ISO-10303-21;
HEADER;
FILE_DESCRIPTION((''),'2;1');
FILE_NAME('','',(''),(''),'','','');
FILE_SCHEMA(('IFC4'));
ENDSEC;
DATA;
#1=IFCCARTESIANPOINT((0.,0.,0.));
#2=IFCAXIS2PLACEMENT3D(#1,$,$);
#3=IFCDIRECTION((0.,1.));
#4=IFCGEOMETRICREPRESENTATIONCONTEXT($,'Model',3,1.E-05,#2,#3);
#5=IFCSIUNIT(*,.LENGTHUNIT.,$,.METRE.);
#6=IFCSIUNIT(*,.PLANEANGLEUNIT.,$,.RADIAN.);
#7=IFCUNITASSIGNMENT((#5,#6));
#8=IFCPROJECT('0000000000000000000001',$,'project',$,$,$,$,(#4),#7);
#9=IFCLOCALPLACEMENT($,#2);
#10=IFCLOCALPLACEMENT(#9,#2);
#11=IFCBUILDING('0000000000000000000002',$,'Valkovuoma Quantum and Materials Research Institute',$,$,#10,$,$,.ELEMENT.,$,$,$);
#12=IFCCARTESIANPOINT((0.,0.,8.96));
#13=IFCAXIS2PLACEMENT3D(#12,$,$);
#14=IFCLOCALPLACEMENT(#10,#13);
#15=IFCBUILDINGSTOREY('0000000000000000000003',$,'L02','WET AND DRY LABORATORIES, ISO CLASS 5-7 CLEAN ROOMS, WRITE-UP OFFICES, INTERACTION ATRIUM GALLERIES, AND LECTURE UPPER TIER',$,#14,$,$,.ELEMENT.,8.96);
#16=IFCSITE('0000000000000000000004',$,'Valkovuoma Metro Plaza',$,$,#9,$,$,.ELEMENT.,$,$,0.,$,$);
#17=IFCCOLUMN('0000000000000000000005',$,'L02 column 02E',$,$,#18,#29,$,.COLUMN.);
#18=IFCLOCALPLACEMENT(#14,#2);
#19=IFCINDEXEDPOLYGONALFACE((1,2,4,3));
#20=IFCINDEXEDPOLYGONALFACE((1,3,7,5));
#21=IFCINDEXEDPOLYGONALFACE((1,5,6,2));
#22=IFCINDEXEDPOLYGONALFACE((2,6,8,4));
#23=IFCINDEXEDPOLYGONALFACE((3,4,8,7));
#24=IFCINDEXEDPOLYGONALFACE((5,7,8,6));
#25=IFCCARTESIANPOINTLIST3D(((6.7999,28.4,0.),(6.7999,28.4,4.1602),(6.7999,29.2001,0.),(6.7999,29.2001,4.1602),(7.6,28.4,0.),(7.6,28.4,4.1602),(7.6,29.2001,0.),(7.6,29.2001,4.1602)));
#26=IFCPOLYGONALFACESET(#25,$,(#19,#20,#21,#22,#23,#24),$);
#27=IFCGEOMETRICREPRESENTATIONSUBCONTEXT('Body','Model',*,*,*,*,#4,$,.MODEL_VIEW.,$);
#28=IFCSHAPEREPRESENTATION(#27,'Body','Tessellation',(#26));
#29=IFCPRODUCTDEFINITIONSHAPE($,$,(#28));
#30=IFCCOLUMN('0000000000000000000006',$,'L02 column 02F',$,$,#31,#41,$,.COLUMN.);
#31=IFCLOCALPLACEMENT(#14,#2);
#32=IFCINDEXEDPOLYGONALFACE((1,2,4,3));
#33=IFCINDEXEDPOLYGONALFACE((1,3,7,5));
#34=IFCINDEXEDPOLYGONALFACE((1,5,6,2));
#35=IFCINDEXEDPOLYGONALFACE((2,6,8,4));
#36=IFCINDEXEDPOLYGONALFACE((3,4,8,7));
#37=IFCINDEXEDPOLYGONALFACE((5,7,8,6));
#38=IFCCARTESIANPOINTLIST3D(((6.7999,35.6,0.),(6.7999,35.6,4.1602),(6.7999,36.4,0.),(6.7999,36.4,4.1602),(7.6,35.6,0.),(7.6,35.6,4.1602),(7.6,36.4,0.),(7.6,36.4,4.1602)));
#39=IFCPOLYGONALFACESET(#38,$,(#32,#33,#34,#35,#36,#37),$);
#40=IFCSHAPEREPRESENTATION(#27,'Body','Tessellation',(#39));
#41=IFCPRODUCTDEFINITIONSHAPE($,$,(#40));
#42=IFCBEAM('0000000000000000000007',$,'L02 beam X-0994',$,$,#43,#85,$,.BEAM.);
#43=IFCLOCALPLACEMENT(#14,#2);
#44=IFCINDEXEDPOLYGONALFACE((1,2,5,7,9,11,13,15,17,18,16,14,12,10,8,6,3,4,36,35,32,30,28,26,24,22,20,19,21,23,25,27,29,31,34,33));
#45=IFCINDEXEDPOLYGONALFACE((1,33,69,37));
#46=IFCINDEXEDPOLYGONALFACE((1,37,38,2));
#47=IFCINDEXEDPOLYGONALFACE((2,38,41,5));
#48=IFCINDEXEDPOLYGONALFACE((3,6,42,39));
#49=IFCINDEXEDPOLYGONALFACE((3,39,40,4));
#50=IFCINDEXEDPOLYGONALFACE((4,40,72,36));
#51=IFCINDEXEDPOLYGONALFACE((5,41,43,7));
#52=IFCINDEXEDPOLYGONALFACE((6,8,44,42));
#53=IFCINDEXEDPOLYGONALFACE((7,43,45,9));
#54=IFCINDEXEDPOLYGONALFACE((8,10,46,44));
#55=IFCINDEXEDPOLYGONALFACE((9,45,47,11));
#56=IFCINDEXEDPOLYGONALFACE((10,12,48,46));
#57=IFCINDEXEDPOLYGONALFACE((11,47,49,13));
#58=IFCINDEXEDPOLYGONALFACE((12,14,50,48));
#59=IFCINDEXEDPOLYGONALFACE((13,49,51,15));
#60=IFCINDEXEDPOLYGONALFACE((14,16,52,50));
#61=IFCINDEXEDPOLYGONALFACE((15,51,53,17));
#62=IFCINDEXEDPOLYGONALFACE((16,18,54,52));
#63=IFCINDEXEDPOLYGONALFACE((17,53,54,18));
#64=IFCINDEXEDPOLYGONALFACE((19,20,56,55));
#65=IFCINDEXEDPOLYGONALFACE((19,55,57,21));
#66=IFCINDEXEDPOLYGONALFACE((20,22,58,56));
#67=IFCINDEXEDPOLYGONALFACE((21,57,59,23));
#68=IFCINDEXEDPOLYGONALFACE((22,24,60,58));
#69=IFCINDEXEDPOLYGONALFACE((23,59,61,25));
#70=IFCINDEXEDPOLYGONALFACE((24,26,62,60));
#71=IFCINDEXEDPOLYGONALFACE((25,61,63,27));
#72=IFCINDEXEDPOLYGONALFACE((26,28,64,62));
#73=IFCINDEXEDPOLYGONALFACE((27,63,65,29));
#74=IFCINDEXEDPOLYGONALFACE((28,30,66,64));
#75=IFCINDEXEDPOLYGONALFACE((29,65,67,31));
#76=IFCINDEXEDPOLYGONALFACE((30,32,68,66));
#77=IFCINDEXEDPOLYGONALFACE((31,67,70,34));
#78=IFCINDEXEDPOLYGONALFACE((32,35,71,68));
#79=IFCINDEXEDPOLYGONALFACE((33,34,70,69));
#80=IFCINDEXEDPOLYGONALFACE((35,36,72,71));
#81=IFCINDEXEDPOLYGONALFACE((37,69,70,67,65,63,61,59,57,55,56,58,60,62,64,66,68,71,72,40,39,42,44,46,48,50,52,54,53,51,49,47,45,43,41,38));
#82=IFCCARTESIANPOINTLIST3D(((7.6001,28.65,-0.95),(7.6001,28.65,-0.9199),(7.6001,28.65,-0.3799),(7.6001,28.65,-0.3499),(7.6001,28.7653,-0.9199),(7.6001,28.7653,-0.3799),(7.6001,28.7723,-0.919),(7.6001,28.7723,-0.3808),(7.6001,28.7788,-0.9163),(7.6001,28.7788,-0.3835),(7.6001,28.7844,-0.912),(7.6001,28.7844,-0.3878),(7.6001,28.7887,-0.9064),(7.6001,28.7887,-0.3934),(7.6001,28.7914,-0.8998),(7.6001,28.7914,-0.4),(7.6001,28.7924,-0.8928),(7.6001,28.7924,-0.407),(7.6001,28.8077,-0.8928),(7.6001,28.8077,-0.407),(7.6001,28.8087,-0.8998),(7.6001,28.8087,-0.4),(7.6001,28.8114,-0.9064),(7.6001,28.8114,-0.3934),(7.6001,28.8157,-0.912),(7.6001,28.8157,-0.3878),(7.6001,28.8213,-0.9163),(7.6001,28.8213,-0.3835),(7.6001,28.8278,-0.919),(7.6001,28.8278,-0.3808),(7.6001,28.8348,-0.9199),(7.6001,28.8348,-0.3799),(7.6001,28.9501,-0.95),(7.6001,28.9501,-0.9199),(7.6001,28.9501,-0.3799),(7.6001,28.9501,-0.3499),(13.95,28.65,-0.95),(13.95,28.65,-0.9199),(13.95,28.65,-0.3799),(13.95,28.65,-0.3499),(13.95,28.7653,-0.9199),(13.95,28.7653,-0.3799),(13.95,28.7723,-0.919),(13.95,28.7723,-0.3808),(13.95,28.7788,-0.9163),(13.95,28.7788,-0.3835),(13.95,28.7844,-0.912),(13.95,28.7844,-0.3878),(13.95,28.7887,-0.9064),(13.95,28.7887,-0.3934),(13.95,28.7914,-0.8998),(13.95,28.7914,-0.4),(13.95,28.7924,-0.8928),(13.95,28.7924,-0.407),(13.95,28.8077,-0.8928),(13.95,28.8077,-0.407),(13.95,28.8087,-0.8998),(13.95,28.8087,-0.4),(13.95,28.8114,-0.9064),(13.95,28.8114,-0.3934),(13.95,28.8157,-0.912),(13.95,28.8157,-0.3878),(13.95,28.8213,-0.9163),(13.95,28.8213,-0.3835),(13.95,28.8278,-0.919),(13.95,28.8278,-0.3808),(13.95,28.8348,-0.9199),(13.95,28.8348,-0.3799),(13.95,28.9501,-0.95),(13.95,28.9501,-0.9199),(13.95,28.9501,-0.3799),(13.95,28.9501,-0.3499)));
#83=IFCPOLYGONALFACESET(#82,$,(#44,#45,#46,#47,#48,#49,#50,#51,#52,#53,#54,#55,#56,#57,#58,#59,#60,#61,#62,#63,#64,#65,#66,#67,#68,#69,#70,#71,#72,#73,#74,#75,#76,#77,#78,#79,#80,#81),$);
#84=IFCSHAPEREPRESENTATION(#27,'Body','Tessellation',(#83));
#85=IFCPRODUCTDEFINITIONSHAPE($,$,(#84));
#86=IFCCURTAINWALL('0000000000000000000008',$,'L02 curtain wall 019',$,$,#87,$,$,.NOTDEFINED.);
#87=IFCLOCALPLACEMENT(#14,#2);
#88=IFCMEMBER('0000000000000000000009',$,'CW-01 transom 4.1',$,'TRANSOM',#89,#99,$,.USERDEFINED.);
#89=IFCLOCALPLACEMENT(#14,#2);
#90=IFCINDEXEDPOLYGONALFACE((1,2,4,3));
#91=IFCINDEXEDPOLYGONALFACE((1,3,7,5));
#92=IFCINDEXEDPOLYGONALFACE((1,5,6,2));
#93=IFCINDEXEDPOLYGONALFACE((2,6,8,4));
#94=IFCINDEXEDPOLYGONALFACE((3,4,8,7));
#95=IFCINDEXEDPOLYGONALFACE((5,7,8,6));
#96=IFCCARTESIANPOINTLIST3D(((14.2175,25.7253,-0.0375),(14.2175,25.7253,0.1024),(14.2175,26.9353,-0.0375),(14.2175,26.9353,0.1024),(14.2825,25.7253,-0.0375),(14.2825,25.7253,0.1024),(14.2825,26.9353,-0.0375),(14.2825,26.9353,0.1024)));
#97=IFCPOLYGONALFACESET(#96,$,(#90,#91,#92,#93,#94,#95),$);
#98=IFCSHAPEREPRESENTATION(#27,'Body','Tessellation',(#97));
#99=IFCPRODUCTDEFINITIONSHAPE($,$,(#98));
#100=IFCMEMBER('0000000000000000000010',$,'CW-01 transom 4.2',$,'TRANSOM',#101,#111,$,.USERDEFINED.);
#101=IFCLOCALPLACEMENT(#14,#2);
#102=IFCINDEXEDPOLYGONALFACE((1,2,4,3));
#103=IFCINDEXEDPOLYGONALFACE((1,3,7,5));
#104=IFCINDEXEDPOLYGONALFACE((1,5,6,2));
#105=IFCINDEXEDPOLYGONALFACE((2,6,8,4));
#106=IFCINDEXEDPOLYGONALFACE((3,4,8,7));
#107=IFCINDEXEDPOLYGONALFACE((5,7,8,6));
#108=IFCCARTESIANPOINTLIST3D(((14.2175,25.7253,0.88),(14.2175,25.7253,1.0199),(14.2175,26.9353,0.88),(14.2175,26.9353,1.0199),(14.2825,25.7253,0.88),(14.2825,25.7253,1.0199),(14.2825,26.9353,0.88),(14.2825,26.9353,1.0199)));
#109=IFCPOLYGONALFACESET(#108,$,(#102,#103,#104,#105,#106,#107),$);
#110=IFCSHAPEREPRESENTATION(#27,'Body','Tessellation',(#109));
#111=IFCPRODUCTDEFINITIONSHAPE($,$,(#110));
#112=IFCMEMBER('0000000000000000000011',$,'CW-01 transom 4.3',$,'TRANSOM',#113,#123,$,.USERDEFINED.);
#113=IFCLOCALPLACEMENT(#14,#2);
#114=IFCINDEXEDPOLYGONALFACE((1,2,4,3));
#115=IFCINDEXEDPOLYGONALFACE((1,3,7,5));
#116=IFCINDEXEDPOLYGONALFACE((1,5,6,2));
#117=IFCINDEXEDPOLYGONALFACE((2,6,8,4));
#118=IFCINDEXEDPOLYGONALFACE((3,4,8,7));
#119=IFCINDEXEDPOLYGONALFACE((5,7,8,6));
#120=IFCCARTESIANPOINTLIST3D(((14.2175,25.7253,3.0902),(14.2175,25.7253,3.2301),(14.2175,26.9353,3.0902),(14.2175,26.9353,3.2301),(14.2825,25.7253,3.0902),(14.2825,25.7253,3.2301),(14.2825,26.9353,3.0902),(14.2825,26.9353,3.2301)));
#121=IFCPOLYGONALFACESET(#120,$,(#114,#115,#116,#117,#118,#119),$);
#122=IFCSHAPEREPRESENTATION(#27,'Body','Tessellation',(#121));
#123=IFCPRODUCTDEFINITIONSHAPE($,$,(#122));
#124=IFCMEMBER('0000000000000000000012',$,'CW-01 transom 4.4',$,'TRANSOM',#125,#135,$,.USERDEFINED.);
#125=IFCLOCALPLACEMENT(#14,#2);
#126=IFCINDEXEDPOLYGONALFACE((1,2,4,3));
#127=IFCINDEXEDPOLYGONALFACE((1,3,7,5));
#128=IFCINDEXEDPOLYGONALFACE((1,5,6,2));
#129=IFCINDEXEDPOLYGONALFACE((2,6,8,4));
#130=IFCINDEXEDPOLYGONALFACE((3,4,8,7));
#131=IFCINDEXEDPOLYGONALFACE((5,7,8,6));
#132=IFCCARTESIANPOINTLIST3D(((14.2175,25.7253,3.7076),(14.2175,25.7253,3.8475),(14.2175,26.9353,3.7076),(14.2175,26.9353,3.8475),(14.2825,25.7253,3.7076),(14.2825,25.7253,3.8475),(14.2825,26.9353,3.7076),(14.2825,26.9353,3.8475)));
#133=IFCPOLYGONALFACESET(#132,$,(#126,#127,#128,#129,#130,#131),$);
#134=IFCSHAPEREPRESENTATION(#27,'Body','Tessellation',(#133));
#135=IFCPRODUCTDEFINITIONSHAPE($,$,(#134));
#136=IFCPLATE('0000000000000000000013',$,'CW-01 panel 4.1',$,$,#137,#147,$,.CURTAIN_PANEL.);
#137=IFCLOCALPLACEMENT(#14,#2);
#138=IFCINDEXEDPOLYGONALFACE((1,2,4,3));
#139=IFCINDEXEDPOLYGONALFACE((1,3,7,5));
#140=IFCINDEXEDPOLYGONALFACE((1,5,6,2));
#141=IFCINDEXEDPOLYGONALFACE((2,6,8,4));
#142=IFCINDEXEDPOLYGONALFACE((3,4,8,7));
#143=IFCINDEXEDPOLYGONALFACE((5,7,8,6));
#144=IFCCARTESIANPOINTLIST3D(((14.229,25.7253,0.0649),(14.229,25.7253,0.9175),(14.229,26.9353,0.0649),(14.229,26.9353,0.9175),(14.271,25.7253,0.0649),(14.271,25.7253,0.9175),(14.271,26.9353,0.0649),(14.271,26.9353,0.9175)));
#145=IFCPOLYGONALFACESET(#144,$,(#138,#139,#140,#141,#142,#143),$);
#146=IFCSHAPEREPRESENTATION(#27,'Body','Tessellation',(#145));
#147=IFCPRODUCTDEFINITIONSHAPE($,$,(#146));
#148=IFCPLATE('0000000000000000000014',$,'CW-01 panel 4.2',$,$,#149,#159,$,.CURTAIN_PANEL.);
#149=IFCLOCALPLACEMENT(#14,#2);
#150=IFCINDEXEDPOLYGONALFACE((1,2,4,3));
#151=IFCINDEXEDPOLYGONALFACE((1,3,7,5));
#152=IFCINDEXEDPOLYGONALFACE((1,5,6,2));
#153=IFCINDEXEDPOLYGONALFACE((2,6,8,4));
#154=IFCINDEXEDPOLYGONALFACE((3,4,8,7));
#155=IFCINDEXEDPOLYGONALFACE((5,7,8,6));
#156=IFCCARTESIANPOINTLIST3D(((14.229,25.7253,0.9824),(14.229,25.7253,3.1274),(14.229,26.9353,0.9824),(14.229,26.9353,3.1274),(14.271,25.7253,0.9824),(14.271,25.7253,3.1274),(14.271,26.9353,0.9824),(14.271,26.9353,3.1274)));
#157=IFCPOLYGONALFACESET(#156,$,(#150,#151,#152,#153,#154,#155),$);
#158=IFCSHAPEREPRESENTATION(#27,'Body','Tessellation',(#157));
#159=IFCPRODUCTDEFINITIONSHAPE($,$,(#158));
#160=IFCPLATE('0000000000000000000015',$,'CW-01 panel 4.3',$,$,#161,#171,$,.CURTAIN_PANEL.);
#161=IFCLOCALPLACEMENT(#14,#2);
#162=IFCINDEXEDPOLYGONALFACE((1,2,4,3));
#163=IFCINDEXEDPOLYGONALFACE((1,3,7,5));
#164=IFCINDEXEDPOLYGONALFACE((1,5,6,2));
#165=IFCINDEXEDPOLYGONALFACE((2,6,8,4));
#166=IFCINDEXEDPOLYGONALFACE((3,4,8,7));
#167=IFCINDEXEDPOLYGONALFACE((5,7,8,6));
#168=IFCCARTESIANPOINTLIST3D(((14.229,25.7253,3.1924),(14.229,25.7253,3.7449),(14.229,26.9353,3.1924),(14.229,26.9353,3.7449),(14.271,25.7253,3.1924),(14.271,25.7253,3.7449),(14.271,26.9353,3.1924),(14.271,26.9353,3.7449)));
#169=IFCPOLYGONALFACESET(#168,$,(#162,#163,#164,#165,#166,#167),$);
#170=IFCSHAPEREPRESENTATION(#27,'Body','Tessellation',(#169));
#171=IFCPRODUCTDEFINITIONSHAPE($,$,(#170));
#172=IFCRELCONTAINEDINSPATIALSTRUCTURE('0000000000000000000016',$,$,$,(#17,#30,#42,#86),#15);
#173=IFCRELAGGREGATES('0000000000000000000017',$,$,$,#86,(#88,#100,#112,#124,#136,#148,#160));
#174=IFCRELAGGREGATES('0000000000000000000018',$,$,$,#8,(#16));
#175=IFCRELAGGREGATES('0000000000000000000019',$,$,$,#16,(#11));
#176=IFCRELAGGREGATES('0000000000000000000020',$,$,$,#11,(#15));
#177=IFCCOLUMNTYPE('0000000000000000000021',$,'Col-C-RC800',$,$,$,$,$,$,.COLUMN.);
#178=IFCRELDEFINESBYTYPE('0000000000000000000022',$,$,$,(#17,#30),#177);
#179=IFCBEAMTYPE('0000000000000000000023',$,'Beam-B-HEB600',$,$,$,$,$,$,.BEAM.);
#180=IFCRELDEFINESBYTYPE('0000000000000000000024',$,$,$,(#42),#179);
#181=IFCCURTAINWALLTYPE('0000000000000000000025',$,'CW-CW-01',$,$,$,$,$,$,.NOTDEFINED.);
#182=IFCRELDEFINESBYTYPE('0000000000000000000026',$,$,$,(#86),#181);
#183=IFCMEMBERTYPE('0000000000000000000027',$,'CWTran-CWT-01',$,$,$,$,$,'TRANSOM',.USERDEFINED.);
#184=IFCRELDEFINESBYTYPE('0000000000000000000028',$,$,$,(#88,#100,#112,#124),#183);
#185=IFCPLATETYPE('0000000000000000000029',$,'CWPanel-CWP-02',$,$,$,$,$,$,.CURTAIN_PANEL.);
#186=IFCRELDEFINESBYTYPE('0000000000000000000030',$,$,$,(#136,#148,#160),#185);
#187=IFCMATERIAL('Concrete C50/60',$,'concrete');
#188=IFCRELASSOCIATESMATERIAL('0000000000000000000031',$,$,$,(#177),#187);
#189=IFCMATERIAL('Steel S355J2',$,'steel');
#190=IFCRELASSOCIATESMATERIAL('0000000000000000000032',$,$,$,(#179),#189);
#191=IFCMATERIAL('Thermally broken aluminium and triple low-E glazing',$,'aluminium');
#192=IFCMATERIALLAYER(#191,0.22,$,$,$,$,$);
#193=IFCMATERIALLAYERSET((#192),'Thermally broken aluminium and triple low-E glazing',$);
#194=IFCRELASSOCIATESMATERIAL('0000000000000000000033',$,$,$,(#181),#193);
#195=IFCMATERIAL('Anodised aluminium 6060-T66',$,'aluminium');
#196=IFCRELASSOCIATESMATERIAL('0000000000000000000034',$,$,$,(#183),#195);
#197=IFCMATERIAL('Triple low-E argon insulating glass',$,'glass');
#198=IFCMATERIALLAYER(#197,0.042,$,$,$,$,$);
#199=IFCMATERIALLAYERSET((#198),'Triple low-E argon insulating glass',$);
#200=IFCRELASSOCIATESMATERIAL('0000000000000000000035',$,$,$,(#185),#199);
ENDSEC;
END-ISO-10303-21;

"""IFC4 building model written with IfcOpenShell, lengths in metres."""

from ifc_helpers import new_model, si_unit, direction, frame, origin, origin_2d, place, context, subcontext, project, spatial, rectangle, i_section, extrude, material, layer, layer_set, material_profile, profile_set, type_object, element, aggregate, save


model = new_model("IFC4")

# Units and contexts
model_context = context("Model", 3, precision=1e-05, world=origin(), true_north=direction((0.0, 1.0)))
body_context = subcontext(model_context, "Body", "Model", "MODEL_VIEW")
ifc_project = project(units=[si_unit("LENGTHUNIT", "METRE"), si_unit("PLANEANGLEUNIT", "RADIAN")], contexts=[model_context])

# Site, building, storey
site_placement = place(None, origin())
site = spatial("IfcSite", under=ifc_project, at=site_placement, Name="Valkovuoma Metro Plaza", CompositionType="ELEMENT", RefElevation=0.0)
building_placement = place(site_placement, origin())
building = spatial("IfcBuilding", under=site, at=building_placement, Name="Valkovuoma Quantum and Materials Research Institute", CompositionType="ELEMENT")
storey_placement = place(building_placement, frame((0.0, 0.0, 8.96)))
storey = spatial("IfcBuildingStorey", under=building, at=storey_placement, Name="L02", Description="WET AND DRY LABORATORIES, ISO CLASS 5-7 CLEAN ROOMS, WRITE-UP OFFICES, INTERACTION ATRIUM GALLERIES, AND LECTURE UPPER TIER", CompositionType="ELEMENT", Elevation=8.96)

# Columns
ifc_material_1 = material(Name="Concrete C50/60", Category="concrete")
ifc_material_profile_1 = material_profile(ifc_material_1, rectangle(XDim=0.8, YDim=0.8, at=origin_2d()), Name="Concrete C50/60")
ifc_profile_set_1 = profile_set([ifc_material_profile_1], Name="Concrete C50/60")
column_type = type_object("IfcColumnType", Name="Col-C-RC800", PredefinedType="COLUMN", material=ifc_profile_set_1)
for number, where, z_axis, x_axis, name in (
    (1, (7.2, 28.8, 0.0), (0.0, 0.0, 1.0), (1.0, 0.0, 0.0), "L02 column 02E"),
    (2, (7.2, 36.0, 0.0), (0.0, 0.0, 1.0), (1.0, 0.0, 0.0), "L02 column 02F"),
):
    element("IfcColumn", number, at=place(storey_placement, frame(where, z_axis=z_axis, x_axis=x_axis)), inside=storey, type_object=column_type, Name=name, PredefinedType="COLUMN", context=body_context, shape_type="SweptSolid", body=[
        extrude(rectangle(XDim=0.8, YDim=0.8, at=origin_2d()), origin(), (0.0, 0.0, 1.0), 4.1602),
    ])

# Beam
ifc_material_2 = material(Name="Steel S355J2", Category="steel")
ifc_material_profile_2 = material_profile(ifc_material_2, i_section(OverallWidth=0.3, OverallDepth=0.6001, WebThickness=0.0154, FlangeThickness=0.03, FilletRadius=0.0271, at=origin_2d()), Name="Steel S355J2")
ifc_profile_set_2 = profile_set([ifc_material_profile_2], Name="Steel S355J2")
beam_type = type_object("IfcBeamType", Name="Beam-B-HEB600", PredefinedType="BEAM", material=ifc_profile_set_2)
beam_placement = place(storey_placement, frame((7.6001, 28.8, -0.6499), z_axis=(1.0, 0.0, 0.0), x_axis=(0.0, 1.0, 0.0)))
element("IfcBeam", 3, at=beam_placement, inside=storey, type_object=beam_type, Name="L02 beam X-0994", PredefinedType="BEAM", context=body_context, shape_type="SweptSolid", body=[
    extrude(i_section(OverallWidth=0.3, OverallDepth=0.6001, WebThickness=0.0154, FlangeThickness=0.03, FilletRadius=0.0271, at=origin_2d()), origin(), (0.0, 0.0, 1.0), 6.3499),
])

# Curtain wall, members, plates
ifc_material_3 = material(Name="Thermally broken aluminium and triple low-E glazing", Category="aluminium")
ifc_layer_1 = layer(ifc_material_3, 0.22)
ifc_layer_set_1 = layer_set([ifc_layer_1], Name="Thermally broken aluminium and triple low-E glazing")
curtain_wall_type = type_object("IfcCurtainWallType", Name="CW-CW-01", PredefinedType="NOTDEFINED", material=ifc_layer_set_1)
curtain_wall_placement = place(storey_placement, origin())
curtain_wall = element("IfcCurtainWall", 4, at=curtain_wall_placement, inside=storey, type_object=curtain_wall_type, Name="L02 curtain wall 019", PredefinedType="NOTDEFINED")
ifc_material_4 = material(Name="Anodised aluminium 6060-T66", Category="aluminium")
ifc_material_profile_3 = material_profile(ifc_material_4, rectangle(XDim=0.0649, YDim=0.1399, at=origin_2d()), Name="Anodised aluminium 6060-T66")
ifc_profile_set_3 = profile_set([ifc_material_profile_3], Name="Anodised aluminium 6060-T66")
member_type = type_object("IfcMemberType", Name="CWTran-CWT-01", ElementType="TRANSOM", PredefinedType="USERDEFINED", material=ifc_profile_set_3)
member_1_placement = place(storey_placement, frame((14.25, 25.7253, 0.0325), z_axis=(0.0, 1.0, 0.0), x_axis=(-1.0, 0.0, 0.0)))
member_1 = element("IfcMember", 5, at=member_1_placement, type_object=member_type, Name="CW-01 transom 4.1", ObjectType="TRANSOM", PredefinedType="USERDEFINED", context=body_context, shape_type="SweptSolid", body=[
    extrude(rectangle(XDim=0.0649, YDim=0.1399, at=origin_2d()), origin(), (0.0, 0.0, 1.0), 1.21),
])
member_2_placement = place(storey_placement, frame((14.25, 25.7253, 0.95), z_axis=(0.0, 1.0, 0.0), x_axis=(-1.0, 0.0, 0.0)))
member_2 = element("IfcMember", 6, at=member_2_placement, type_object=member_type, Name="CW-01 transom 4.2", ObjectType="TRANSOM", PredefinedType="USERDEFINED", context=body_context, shape_type="SweptSolid", body=[
    extrude(rectangle(XDim=0.0649, YDim=0.1399, at=origin_2d()), origin(), (0.0, 0.0, 1.0), 1.21),
])
member_3_placement = place(storey_placement, frame((14.25, 25.7253, 3.1602), z_axis=(0.0, 1.0, 0.0), x_axis=(-1.0, 0.0, 0.0)))
member_3 = element("IfcMember", 7, at=member_3_placement, type_object=member_type, Name="CW-01 transom 4.3", ObjectType="TRANSOM", PredefinedType="USERDEFINED", context=body_context, shape_type="SweptSolid", body=[
    extrude(rectangle(XDim=0.0649, YDim=0.1399, at=origin_2d()), origin(), (0.0, 0.0, 1.0), 1.21),
])
member_4_placement = place(storey_placement, frame((14.25, 25.7253, 3.7776), z_axis=(0.0, 1.0, 0.0), x_axis=(-1.0, 0.0, 0.0)))
member_4 = element("IfcMember", 8, at=member_4_placement, type_object=member_type, Name="CW-01 transom 4.4", ObjectType="TRANSOM", PredefinedType="USERDEFINED", context=body_context, shape_type="SweptSolid", body=[
    extrude(rectangle(XDim=0.0649, YDim=0.1399, at=origin_2d()), origin(), (0.0, 0.0, 1.0), 1.21),
])
ifc_material_5 = material(Name="Triple low-E argon insulating glass", Category="glass")
ifc_layer_2 = layer(ifc_material_5, 0.042)
ifc_layer_set_2 = layer_set([ifc_layer_2], Name="Triple low-E argon insulating glass")
plate_type = type_object("IfcPlateType", Name="CWPanel-CWP-02", PredefinedType="CURTAIN_PANEL", material=ifc_layer_set_2)
plate_1_placement = place(storey_placement, frame((14.25, 26.3303, 0.0649), z_axis=(0.0, 0.0, 1.0), x_axis=(0.0, 1.0, 0.0)))
plate_1 = element("IfcPlate", 9, at=plate_1_placement, type_object=plate_type, Name="CW-01 panel 4.1", PredefinedType="CURTAIN_PANEL", context=body_context, shape_type="SweptSolid", body=[
    extrude(rectangle(XDim=1.21, YDim=0.042, at=origin_2d()), origin(), (0.0, 0.0, 1.0), 0.8525),
])
plate_2_placement = place(storey_placement, frame((14.25, 26.3303, 0.9824), z_axis=(0.0, 0.0, 1.0), x_axis=(0.0, 1.0, 0.0)))
plate_2 = element("IfcPlate", 10, at=plate_2_placement, type_object=plate_type, Name="CW-01 panel 4.2", PredefinedType="CURTAIN_PANEL", context=body_context, shape_type="SweptSolid", body=[
    extrude(rectangle(XDim=1.21, YDim=0.042, at=origin_2d()), origin(), (0.0, 0.0, 1.0), 2.145),
])
plate_3_placement = place(storey_placement, frame((14.25, 26.3303, 3.1924), z_axis=(0.0, 0.0, 1.0), x_axis=(0.0, 1.0, 0.0)))
plate_3 = element("IfcPlate", 11, at=plate_3_placement, type_object=plate_type, Name="CW-01 panel 4.3", PredefinedType="CURTAIN_PANEL", context=body_context, shape_type="SweptSolid", body=[
    extrude(rectangle(XDim=1.21, YDim=0.042, at=origin_2d()), origin(), (0.0, 0.0, 1.0), 0.5525),
])
aggregate(curtain_wall, [member_1, member_2, member_3, member_4, plate_1, plate_2, plate_3])

save(model, "model.ifc")
